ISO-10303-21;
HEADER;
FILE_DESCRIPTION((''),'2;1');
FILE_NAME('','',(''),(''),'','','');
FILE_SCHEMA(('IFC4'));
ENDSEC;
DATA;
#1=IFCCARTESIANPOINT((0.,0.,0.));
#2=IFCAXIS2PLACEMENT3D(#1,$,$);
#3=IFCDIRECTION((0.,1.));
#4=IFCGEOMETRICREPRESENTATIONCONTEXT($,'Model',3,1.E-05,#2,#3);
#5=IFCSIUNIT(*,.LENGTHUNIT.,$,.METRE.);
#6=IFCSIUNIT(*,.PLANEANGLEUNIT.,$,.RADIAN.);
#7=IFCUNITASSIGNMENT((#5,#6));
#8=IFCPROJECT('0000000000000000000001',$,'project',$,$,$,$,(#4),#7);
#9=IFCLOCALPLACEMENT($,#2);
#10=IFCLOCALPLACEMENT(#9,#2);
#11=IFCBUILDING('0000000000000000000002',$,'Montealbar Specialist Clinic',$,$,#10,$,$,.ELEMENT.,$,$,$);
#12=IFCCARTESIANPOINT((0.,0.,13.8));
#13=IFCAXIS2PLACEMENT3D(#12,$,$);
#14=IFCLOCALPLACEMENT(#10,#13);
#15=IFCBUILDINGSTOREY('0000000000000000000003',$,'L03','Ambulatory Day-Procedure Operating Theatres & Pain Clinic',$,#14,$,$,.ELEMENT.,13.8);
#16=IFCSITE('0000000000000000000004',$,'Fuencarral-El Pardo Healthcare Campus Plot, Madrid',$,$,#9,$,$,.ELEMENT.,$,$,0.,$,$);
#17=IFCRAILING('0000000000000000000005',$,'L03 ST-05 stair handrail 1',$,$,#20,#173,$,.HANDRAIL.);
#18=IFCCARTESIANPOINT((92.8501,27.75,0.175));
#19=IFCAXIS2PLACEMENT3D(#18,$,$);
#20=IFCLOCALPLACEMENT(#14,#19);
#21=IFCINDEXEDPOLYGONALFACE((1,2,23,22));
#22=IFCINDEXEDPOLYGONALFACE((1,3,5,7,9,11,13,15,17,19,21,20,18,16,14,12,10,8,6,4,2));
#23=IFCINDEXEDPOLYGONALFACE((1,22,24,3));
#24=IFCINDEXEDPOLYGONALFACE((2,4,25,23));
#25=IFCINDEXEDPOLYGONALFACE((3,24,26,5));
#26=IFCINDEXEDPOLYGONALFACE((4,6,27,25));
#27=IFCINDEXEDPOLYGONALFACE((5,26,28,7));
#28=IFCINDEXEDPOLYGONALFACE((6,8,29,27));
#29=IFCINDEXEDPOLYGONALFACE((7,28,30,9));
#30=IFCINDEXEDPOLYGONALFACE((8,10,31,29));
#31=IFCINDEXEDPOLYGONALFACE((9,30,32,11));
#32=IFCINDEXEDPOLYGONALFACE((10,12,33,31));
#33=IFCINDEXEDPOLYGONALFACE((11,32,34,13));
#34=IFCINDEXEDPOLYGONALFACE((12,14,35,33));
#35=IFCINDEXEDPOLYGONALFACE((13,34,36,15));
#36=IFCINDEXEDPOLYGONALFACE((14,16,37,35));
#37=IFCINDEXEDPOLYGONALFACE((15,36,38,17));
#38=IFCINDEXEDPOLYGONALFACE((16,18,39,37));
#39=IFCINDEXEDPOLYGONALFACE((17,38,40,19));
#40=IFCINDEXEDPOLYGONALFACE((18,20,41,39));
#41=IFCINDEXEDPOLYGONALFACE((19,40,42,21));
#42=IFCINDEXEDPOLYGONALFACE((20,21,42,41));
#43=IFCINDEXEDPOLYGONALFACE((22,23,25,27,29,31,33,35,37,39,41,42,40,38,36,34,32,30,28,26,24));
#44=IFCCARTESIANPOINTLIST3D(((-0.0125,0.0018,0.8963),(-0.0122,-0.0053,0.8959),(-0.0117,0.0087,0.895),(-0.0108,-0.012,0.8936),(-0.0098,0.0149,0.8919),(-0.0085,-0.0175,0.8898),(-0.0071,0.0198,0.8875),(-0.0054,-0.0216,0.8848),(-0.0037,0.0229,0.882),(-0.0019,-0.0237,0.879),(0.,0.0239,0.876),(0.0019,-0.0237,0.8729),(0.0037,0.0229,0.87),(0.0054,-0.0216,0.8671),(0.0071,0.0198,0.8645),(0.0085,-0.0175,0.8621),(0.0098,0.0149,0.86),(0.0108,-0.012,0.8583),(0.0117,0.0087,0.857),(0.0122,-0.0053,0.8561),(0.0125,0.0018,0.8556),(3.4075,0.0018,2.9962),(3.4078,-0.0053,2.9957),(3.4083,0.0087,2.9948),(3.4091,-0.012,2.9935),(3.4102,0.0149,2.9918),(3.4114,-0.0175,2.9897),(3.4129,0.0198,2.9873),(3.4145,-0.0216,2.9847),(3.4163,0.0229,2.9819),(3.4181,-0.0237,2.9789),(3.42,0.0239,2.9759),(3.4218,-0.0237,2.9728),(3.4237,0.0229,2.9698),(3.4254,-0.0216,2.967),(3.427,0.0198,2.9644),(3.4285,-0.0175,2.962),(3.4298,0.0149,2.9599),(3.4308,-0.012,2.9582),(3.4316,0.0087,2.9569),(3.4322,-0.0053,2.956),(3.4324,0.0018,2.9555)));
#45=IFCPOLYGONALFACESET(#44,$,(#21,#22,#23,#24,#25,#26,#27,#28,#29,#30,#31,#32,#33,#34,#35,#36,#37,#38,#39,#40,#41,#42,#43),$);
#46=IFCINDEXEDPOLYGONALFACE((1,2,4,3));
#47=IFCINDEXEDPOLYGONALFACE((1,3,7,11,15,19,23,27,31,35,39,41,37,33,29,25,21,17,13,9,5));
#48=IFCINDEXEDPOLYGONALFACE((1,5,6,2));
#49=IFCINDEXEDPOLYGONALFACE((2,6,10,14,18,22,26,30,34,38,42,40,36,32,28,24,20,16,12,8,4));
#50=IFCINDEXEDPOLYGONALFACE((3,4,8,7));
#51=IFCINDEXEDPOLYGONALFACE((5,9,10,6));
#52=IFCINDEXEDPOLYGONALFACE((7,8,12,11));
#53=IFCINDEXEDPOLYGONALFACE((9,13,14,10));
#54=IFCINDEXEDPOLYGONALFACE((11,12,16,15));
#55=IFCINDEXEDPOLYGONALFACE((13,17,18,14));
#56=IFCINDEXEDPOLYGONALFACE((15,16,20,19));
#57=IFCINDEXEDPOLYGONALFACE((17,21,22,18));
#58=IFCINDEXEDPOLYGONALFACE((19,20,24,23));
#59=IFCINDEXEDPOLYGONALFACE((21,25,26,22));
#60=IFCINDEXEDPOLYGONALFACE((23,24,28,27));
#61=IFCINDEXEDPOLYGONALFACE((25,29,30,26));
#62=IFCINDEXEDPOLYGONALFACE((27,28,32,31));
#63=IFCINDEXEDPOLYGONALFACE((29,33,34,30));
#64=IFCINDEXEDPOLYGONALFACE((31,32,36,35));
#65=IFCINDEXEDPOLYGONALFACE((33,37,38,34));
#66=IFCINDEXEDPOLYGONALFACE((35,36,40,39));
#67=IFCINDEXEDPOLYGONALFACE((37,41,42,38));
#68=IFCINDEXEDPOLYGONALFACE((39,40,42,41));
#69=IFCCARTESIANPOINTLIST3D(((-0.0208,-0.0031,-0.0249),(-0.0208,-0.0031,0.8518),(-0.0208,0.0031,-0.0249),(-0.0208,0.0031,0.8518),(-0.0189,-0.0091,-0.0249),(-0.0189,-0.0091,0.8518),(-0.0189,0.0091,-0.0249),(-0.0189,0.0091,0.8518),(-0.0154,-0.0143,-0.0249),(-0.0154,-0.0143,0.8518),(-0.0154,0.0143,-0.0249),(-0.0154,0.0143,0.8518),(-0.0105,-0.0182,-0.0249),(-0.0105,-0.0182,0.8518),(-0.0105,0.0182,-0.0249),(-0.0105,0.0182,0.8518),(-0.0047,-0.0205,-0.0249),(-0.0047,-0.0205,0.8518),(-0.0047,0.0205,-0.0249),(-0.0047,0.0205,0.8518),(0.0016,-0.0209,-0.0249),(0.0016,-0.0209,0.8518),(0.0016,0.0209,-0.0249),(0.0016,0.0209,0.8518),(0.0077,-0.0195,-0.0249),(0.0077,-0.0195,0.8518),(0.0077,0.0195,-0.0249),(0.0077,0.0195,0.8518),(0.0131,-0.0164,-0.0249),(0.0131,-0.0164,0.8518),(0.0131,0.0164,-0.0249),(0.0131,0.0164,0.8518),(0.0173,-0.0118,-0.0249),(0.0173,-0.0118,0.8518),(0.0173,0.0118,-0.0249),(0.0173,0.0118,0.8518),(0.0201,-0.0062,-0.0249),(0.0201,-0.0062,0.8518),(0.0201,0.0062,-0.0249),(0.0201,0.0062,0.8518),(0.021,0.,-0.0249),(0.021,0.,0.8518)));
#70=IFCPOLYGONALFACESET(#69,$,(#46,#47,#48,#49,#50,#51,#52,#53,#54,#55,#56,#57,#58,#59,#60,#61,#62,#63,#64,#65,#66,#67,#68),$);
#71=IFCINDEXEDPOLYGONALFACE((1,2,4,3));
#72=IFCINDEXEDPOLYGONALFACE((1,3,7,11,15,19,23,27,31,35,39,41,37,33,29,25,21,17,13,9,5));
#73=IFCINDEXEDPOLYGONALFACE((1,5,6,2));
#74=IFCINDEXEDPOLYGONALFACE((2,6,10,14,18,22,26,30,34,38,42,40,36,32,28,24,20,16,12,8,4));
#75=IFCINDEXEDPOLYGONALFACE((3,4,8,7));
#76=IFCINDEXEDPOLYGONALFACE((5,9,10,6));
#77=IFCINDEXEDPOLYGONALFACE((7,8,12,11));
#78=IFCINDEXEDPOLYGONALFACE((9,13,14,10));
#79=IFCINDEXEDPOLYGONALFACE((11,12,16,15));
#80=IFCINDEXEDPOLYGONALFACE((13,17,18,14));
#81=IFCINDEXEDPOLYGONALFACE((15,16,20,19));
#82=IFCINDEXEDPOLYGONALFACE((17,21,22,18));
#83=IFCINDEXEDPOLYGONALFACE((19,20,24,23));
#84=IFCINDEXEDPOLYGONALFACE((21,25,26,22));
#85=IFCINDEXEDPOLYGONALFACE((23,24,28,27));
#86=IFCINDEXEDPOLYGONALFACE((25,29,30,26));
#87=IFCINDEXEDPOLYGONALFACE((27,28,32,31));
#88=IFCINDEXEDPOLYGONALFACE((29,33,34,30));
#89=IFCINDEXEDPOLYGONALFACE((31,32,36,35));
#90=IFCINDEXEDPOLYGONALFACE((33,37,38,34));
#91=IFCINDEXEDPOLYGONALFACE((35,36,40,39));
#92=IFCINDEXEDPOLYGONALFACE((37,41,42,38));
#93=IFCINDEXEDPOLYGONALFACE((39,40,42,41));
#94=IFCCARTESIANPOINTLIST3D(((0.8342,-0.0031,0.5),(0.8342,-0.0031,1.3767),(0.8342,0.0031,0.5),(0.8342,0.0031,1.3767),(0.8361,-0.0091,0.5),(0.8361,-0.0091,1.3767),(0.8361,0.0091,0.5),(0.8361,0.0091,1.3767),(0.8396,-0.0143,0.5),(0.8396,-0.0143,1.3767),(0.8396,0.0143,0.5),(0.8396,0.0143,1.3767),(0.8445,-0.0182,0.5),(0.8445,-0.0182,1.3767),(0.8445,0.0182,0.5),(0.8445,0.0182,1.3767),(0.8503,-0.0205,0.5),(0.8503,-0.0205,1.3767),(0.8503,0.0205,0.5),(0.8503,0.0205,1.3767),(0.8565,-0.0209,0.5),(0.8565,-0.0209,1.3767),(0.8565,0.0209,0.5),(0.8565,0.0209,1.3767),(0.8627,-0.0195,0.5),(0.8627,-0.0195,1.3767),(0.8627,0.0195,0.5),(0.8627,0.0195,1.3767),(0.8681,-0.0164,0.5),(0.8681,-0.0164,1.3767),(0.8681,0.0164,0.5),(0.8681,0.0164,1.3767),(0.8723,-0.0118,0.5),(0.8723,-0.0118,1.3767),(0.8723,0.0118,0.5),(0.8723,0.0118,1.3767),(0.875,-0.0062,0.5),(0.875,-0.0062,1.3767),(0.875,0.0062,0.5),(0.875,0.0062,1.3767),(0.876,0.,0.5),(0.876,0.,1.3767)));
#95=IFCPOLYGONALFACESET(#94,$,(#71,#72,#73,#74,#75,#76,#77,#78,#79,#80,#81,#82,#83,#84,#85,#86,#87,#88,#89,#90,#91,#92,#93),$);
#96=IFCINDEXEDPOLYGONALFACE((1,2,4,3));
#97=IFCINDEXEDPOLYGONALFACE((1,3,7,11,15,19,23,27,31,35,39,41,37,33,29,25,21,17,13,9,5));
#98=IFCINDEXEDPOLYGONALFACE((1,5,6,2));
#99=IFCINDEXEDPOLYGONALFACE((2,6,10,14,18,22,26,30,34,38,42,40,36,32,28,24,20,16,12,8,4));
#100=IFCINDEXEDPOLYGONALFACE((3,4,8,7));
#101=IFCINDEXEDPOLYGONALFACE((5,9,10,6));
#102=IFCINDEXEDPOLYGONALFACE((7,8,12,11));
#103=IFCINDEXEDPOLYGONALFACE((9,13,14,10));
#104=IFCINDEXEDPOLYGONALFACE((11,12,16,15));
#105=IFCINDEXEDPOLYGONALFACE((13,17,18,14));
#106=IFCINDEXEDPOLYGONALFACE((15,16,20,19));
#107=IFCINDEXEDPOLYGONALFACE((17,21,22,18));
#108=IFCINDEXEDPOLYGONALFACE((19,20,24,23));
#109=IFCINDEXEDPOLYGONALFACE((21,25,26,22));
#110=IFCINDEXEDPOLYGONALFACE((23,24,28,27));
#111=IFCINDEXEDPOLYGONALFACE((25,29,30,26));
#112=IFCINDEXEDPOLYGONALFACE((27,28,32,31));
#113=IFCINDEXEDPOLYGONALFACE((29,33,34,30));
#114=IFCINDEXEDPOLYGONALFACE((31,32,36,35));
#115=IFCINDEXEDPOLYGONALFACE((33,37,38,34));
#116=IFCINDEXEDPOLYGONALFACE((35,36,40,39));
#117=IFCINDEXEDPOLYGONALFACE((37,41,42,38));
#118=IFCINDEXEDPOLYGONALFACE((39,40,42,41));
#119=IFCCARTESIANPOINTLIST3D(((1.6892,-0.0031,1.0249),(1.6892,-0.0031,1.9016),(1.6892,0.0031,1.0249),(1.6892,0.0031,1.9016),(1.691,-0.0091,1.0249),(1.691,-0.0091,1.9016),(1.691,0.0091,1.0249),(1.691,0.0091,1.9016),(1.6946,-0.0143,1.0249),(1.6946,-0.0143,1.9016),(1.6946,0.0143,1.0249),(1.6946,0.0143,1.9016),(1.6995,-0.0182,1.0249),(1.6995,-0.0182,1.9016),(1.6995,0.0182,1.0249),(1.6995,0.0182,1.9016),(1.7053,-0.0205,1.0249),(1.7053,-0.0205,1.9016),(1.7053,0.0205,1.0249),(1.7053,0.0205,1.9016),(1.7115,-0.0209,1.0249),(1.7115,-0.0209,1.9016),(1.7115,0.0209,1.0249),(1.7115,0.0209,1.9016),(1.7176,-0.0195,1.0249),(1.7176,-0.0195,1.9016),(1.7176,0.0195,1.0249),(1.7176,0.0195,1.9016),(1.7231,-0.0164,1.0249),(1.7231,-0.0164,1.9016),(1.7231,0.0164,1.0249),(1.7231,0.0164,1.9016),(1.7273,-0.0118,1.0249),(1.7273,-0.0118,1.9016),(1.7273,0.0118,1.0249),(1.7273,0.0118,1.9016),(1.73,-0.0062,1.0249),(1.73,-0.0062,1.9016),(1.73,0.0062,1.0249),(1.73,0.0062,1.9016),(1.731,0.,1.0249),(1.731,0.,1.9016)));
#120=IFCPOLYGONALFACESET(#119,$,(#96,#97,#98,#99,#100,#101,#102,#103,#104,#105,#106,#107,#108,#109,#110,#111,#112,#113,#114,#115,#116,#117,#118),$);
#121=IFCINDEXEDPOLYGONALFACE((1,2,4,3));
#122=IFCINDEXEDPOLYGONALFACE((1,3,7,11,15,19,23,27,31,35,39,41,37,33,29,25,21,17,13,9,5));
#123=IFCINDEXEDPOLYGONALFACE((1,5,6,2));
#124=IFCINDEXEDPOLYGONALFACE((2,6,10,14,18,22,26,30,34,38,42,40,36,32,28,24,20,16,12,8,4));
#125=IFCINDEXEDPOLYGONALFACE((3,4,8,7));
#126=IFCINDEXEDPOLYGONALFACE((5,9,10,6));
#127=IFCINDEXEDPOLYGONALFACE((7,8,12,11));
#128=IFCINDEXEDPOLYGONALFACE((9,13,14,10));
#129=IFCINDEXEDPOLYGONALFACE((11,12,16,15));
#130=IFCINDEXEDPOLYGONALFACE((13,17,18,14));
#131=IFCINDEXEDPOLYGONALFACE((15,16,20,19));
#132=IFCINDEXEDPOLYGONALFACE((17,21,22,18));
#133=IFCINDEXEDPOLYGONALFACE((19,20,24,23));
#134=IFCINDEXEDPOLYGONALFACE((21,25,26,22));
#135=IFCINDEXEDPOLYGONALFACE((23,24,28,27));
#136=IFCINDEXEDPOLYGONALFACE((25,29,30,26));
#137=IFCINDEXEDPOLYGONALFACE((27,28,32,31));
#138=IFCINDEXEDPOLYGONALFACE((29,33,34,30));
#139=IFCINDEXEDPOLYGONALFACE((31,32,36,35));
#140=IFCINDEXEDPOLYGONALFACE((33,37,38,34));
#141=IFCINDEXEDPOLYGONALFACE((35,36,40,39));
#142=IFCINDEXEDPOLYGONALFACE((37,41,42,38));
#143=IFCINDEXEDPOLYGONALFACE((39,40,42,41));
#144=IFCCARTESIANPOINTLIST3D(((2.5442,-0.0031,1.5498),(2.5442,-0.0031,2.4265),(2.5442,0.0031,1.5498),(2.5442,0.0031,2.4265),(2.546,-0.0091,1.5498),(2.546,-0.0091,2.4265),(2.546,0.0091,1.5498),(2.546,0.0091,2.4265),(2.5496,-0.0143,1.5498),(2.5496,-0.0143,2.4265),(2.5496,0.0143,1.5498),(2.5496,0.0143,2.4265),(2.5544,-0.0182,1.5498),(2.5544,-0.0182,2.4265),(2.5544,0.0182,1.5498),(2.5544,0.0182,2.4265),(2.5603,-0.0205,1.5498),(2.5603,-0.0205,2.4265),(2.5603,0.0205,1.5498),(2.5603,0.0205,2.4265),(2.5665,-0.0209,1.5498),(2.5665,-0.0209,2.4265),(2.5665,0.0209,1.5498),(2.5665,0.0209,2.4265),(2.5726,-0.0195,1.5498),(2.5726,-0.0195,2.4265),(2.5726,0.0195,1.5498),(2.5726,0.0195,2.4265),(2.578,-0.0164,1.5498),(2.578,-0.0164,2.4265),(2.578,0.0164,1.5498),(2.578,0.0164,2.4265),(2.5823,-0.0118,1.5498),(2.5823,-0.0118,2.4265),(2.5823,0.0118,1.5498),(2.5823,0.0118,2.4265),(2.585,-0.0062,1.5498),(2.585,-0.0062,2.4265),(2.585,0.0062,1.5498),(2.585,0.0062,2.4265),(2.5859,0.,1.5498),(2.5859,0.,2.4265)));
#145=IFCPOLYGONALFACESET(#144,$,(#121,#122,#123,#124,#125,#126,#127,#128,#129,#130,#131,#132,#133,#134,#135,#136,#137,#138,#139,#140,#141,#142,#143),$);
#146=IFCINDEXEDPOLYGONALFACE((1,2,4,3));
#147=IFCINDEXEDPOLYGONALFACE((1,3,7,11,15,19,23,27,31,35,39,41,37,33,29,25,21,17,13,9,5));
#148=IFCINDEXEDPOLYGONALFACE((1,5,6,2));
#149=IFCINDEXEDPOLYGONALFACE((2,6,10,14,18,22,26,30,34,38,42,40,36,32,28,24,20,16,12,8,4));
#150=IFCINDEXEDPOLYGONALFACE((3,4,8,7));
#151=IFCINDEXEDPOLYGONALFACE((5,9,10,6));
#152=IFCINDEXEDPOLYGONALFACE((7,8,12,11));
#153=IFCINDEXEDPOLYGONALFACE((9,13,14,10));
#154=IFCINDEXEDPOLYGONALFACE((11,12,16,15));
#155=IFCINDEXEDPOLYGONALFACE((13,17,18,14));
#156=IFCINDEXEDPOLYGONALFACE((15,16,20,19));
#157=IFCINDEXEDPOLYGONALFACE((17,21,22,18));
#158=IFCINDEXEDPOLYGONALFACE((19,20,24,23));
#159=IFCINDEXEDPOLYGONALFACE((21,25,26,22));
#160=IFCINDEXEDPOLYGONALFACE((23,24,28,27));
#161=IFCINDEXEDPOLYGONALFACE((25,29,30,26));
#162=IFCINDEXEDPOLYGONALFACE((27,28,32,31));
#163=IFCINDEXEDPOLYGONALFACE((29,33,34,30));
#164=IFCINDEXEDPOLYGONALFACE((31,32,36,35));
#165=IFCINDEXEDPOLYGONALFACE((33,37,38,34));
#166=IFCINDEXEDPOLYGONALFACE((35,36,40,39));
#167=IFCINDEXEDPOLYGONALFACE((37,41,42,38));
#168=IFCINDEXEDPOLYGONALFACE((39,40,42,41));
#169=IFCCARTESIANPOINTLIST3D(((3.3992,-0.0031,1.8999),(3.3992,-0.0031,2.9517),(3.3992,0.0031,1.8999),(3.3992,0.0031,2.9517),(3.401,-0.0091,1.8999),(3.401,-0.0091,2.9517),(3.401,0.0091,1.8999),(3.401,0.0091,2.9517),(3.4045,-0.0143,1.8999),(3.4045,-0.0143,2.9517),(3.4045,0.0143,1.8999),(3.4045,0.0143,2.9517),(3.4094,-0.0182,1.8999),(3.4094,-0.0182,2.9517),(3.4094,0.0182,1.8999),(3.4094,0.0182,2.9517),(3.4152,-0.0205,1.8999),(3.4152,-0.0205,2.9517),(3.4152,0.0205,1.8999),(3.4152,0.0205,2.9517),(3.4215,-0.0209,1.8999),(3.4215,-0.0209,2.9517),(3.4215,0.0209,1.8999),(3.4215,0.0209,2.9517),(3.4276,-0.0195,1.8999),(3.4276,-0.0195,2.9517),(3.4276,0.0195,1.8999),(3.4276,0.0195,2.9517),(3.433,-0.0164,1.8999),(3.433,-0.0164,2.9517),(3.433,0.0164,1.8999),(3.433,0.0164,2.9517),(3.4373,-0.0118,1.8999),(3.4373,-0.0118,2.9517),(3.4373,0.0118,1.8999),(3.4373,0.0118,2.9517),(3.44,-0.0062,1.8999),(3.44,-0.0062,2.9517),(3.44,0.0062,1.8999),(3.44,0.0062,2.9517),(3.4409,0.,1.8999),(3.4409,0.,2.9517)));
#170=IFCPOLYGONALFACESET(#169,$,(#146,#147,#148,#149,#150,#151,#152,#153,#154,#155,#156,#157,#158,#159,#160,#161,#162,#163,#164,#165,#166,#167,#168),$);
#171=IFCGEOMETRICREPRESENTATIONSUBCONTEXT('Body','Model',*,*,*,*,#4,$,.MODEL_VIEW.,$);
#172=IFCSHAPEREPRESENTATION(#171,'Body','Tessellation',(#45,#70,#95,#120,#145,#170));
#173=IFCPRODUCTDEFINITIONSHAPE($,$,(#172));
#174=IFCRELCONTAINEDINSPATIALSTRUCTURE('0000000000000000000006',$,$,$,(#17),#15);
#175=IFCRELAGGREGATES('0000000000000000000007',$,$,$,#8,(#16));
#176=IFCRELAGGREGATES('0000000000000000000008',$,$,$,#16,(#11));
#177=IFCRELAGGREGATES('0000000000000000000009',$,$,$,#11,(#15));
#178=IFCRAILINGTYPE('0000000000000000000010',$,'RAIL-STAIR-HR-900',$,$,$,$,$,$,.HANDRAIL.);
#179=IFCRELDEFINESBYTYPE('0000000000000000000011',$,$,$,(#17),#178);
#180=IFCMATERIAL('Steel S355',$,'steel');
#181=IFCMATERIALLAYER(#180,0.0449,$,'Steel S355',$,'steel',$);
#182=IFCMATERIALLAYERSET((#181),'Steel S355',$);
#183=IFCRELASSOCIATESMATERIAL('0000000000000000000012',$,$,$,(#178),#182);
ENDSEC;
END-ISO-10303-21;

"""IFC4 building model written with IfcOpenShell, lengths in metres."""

from ifc_helpers import new_model, si_unit, direction, frame, origin, origin_2d, place, context, subcontext, project, spatial, circle, extrude, material, layer, layer_set, type_object, element, save


model = new_model("IFC4")

# Units and contexts
model_context = context("Model", 3, precision=1e-05, world=origin(), true_north=direction((0.0, 1.0)))
body_context = subcontext(model_context, "Body", "Model", "MODEL_VIEW")
ifc_project = project(units=[si_unit("LENGTHUNIT", "METRE"), si_unit("PLANEANGLEUNIT", "RADIAN")], contexts=[model_context])

# Site, building, storey
site_placement = place(None, origin())
site = spatial("IfcSite", under=ifc_project, at=site_placement, Name="Fuencarral-El Pardo Healthcare Campus Plot, Madrid", CompositionType="ELEMENT", RefElevation=0.0)
building_placement = place(site_placement, origin())
building = spatial("IfcBuilding", under=site, at=building_placement, Name="Montealbar Specialist Clinic", CompositionType="ELEMENT")
storey_placement = place(building_placement, frame((0.0, 0.0, 13.8)))
storey = spatial("IfcBuildingStorey", under=building, at=storey_placement, Name="L03", Description="Ambulatory Day-Procedure Operating Theatres & Pain Clinic", CompositionType="ELEMENT", Elevation=13.8)

# Shared definitions
ifc_material_1 = material(Name="Steel S355", Category="steel")

# Railing
ifc_layer_1 = layer(ifc_material_1, 0.0449, Name="Steel S355", Category="steel")
ifc_layer_set_1 = layer_set([ifc_layer_1], Name="Steel S355")
railing_type_1 = type_object("IfcRailingType", Name="RAIL-STAIR-HR-900", PredefinedType="HANDRAIL", material=ifc_layer_set_1)
railing_1_placement = place(storey_placement, frame((92.8501, 27.75, 0.175)))
element("IfcRailing", 1, at=railing_1_placement, inside=storey, type_object=railing_type_1, Name="L03 ST-05 stair handrail 1", PredefinedType="HANDRAIL", context=body_context, shape_type="SweptSolid", body=[
    extrude(circle(Radius=0.0239, at=origin_2d()), frame((0.0, 0.0, 0.876), z_axis=(0.852182, 0.0, 0.523245), x_axis=(0.0, 1.0, 0.0)), (0.0, 0.0, 1.0), 4.0132),
    extrude(circle(Radius=0.021, at=origin_2d()), frame((0.0, 0.0, -0.0249)), (0.0, 0.0, 1.0), 0.8767),
    extrude(circle(Radius=0.021, at=origin_2d()), frame((0.855, 0.0, 0.5)), (0.0, 0.0, 1.0), 0.8767),
    extrude(circle(Radius=0.021, at=origin_2d()), frame((1.71, 0.0, 1.0249)), (0.0, 0.0, 1.0), 0.8767),
    extrude(circle(Radius=0.021, at=origin_2d()), frame((2.5649, 0.0, 1.5498)), (0.0, 0.0, 1.0), 0.8767),
    extrude(circle(Radius=0.021, at=origin_2d()), frame((3.4199, 0.0, 1.8999)), (0.0, 0.0, 1.0), 1.0518),
])

save(model, "model.ifc")
